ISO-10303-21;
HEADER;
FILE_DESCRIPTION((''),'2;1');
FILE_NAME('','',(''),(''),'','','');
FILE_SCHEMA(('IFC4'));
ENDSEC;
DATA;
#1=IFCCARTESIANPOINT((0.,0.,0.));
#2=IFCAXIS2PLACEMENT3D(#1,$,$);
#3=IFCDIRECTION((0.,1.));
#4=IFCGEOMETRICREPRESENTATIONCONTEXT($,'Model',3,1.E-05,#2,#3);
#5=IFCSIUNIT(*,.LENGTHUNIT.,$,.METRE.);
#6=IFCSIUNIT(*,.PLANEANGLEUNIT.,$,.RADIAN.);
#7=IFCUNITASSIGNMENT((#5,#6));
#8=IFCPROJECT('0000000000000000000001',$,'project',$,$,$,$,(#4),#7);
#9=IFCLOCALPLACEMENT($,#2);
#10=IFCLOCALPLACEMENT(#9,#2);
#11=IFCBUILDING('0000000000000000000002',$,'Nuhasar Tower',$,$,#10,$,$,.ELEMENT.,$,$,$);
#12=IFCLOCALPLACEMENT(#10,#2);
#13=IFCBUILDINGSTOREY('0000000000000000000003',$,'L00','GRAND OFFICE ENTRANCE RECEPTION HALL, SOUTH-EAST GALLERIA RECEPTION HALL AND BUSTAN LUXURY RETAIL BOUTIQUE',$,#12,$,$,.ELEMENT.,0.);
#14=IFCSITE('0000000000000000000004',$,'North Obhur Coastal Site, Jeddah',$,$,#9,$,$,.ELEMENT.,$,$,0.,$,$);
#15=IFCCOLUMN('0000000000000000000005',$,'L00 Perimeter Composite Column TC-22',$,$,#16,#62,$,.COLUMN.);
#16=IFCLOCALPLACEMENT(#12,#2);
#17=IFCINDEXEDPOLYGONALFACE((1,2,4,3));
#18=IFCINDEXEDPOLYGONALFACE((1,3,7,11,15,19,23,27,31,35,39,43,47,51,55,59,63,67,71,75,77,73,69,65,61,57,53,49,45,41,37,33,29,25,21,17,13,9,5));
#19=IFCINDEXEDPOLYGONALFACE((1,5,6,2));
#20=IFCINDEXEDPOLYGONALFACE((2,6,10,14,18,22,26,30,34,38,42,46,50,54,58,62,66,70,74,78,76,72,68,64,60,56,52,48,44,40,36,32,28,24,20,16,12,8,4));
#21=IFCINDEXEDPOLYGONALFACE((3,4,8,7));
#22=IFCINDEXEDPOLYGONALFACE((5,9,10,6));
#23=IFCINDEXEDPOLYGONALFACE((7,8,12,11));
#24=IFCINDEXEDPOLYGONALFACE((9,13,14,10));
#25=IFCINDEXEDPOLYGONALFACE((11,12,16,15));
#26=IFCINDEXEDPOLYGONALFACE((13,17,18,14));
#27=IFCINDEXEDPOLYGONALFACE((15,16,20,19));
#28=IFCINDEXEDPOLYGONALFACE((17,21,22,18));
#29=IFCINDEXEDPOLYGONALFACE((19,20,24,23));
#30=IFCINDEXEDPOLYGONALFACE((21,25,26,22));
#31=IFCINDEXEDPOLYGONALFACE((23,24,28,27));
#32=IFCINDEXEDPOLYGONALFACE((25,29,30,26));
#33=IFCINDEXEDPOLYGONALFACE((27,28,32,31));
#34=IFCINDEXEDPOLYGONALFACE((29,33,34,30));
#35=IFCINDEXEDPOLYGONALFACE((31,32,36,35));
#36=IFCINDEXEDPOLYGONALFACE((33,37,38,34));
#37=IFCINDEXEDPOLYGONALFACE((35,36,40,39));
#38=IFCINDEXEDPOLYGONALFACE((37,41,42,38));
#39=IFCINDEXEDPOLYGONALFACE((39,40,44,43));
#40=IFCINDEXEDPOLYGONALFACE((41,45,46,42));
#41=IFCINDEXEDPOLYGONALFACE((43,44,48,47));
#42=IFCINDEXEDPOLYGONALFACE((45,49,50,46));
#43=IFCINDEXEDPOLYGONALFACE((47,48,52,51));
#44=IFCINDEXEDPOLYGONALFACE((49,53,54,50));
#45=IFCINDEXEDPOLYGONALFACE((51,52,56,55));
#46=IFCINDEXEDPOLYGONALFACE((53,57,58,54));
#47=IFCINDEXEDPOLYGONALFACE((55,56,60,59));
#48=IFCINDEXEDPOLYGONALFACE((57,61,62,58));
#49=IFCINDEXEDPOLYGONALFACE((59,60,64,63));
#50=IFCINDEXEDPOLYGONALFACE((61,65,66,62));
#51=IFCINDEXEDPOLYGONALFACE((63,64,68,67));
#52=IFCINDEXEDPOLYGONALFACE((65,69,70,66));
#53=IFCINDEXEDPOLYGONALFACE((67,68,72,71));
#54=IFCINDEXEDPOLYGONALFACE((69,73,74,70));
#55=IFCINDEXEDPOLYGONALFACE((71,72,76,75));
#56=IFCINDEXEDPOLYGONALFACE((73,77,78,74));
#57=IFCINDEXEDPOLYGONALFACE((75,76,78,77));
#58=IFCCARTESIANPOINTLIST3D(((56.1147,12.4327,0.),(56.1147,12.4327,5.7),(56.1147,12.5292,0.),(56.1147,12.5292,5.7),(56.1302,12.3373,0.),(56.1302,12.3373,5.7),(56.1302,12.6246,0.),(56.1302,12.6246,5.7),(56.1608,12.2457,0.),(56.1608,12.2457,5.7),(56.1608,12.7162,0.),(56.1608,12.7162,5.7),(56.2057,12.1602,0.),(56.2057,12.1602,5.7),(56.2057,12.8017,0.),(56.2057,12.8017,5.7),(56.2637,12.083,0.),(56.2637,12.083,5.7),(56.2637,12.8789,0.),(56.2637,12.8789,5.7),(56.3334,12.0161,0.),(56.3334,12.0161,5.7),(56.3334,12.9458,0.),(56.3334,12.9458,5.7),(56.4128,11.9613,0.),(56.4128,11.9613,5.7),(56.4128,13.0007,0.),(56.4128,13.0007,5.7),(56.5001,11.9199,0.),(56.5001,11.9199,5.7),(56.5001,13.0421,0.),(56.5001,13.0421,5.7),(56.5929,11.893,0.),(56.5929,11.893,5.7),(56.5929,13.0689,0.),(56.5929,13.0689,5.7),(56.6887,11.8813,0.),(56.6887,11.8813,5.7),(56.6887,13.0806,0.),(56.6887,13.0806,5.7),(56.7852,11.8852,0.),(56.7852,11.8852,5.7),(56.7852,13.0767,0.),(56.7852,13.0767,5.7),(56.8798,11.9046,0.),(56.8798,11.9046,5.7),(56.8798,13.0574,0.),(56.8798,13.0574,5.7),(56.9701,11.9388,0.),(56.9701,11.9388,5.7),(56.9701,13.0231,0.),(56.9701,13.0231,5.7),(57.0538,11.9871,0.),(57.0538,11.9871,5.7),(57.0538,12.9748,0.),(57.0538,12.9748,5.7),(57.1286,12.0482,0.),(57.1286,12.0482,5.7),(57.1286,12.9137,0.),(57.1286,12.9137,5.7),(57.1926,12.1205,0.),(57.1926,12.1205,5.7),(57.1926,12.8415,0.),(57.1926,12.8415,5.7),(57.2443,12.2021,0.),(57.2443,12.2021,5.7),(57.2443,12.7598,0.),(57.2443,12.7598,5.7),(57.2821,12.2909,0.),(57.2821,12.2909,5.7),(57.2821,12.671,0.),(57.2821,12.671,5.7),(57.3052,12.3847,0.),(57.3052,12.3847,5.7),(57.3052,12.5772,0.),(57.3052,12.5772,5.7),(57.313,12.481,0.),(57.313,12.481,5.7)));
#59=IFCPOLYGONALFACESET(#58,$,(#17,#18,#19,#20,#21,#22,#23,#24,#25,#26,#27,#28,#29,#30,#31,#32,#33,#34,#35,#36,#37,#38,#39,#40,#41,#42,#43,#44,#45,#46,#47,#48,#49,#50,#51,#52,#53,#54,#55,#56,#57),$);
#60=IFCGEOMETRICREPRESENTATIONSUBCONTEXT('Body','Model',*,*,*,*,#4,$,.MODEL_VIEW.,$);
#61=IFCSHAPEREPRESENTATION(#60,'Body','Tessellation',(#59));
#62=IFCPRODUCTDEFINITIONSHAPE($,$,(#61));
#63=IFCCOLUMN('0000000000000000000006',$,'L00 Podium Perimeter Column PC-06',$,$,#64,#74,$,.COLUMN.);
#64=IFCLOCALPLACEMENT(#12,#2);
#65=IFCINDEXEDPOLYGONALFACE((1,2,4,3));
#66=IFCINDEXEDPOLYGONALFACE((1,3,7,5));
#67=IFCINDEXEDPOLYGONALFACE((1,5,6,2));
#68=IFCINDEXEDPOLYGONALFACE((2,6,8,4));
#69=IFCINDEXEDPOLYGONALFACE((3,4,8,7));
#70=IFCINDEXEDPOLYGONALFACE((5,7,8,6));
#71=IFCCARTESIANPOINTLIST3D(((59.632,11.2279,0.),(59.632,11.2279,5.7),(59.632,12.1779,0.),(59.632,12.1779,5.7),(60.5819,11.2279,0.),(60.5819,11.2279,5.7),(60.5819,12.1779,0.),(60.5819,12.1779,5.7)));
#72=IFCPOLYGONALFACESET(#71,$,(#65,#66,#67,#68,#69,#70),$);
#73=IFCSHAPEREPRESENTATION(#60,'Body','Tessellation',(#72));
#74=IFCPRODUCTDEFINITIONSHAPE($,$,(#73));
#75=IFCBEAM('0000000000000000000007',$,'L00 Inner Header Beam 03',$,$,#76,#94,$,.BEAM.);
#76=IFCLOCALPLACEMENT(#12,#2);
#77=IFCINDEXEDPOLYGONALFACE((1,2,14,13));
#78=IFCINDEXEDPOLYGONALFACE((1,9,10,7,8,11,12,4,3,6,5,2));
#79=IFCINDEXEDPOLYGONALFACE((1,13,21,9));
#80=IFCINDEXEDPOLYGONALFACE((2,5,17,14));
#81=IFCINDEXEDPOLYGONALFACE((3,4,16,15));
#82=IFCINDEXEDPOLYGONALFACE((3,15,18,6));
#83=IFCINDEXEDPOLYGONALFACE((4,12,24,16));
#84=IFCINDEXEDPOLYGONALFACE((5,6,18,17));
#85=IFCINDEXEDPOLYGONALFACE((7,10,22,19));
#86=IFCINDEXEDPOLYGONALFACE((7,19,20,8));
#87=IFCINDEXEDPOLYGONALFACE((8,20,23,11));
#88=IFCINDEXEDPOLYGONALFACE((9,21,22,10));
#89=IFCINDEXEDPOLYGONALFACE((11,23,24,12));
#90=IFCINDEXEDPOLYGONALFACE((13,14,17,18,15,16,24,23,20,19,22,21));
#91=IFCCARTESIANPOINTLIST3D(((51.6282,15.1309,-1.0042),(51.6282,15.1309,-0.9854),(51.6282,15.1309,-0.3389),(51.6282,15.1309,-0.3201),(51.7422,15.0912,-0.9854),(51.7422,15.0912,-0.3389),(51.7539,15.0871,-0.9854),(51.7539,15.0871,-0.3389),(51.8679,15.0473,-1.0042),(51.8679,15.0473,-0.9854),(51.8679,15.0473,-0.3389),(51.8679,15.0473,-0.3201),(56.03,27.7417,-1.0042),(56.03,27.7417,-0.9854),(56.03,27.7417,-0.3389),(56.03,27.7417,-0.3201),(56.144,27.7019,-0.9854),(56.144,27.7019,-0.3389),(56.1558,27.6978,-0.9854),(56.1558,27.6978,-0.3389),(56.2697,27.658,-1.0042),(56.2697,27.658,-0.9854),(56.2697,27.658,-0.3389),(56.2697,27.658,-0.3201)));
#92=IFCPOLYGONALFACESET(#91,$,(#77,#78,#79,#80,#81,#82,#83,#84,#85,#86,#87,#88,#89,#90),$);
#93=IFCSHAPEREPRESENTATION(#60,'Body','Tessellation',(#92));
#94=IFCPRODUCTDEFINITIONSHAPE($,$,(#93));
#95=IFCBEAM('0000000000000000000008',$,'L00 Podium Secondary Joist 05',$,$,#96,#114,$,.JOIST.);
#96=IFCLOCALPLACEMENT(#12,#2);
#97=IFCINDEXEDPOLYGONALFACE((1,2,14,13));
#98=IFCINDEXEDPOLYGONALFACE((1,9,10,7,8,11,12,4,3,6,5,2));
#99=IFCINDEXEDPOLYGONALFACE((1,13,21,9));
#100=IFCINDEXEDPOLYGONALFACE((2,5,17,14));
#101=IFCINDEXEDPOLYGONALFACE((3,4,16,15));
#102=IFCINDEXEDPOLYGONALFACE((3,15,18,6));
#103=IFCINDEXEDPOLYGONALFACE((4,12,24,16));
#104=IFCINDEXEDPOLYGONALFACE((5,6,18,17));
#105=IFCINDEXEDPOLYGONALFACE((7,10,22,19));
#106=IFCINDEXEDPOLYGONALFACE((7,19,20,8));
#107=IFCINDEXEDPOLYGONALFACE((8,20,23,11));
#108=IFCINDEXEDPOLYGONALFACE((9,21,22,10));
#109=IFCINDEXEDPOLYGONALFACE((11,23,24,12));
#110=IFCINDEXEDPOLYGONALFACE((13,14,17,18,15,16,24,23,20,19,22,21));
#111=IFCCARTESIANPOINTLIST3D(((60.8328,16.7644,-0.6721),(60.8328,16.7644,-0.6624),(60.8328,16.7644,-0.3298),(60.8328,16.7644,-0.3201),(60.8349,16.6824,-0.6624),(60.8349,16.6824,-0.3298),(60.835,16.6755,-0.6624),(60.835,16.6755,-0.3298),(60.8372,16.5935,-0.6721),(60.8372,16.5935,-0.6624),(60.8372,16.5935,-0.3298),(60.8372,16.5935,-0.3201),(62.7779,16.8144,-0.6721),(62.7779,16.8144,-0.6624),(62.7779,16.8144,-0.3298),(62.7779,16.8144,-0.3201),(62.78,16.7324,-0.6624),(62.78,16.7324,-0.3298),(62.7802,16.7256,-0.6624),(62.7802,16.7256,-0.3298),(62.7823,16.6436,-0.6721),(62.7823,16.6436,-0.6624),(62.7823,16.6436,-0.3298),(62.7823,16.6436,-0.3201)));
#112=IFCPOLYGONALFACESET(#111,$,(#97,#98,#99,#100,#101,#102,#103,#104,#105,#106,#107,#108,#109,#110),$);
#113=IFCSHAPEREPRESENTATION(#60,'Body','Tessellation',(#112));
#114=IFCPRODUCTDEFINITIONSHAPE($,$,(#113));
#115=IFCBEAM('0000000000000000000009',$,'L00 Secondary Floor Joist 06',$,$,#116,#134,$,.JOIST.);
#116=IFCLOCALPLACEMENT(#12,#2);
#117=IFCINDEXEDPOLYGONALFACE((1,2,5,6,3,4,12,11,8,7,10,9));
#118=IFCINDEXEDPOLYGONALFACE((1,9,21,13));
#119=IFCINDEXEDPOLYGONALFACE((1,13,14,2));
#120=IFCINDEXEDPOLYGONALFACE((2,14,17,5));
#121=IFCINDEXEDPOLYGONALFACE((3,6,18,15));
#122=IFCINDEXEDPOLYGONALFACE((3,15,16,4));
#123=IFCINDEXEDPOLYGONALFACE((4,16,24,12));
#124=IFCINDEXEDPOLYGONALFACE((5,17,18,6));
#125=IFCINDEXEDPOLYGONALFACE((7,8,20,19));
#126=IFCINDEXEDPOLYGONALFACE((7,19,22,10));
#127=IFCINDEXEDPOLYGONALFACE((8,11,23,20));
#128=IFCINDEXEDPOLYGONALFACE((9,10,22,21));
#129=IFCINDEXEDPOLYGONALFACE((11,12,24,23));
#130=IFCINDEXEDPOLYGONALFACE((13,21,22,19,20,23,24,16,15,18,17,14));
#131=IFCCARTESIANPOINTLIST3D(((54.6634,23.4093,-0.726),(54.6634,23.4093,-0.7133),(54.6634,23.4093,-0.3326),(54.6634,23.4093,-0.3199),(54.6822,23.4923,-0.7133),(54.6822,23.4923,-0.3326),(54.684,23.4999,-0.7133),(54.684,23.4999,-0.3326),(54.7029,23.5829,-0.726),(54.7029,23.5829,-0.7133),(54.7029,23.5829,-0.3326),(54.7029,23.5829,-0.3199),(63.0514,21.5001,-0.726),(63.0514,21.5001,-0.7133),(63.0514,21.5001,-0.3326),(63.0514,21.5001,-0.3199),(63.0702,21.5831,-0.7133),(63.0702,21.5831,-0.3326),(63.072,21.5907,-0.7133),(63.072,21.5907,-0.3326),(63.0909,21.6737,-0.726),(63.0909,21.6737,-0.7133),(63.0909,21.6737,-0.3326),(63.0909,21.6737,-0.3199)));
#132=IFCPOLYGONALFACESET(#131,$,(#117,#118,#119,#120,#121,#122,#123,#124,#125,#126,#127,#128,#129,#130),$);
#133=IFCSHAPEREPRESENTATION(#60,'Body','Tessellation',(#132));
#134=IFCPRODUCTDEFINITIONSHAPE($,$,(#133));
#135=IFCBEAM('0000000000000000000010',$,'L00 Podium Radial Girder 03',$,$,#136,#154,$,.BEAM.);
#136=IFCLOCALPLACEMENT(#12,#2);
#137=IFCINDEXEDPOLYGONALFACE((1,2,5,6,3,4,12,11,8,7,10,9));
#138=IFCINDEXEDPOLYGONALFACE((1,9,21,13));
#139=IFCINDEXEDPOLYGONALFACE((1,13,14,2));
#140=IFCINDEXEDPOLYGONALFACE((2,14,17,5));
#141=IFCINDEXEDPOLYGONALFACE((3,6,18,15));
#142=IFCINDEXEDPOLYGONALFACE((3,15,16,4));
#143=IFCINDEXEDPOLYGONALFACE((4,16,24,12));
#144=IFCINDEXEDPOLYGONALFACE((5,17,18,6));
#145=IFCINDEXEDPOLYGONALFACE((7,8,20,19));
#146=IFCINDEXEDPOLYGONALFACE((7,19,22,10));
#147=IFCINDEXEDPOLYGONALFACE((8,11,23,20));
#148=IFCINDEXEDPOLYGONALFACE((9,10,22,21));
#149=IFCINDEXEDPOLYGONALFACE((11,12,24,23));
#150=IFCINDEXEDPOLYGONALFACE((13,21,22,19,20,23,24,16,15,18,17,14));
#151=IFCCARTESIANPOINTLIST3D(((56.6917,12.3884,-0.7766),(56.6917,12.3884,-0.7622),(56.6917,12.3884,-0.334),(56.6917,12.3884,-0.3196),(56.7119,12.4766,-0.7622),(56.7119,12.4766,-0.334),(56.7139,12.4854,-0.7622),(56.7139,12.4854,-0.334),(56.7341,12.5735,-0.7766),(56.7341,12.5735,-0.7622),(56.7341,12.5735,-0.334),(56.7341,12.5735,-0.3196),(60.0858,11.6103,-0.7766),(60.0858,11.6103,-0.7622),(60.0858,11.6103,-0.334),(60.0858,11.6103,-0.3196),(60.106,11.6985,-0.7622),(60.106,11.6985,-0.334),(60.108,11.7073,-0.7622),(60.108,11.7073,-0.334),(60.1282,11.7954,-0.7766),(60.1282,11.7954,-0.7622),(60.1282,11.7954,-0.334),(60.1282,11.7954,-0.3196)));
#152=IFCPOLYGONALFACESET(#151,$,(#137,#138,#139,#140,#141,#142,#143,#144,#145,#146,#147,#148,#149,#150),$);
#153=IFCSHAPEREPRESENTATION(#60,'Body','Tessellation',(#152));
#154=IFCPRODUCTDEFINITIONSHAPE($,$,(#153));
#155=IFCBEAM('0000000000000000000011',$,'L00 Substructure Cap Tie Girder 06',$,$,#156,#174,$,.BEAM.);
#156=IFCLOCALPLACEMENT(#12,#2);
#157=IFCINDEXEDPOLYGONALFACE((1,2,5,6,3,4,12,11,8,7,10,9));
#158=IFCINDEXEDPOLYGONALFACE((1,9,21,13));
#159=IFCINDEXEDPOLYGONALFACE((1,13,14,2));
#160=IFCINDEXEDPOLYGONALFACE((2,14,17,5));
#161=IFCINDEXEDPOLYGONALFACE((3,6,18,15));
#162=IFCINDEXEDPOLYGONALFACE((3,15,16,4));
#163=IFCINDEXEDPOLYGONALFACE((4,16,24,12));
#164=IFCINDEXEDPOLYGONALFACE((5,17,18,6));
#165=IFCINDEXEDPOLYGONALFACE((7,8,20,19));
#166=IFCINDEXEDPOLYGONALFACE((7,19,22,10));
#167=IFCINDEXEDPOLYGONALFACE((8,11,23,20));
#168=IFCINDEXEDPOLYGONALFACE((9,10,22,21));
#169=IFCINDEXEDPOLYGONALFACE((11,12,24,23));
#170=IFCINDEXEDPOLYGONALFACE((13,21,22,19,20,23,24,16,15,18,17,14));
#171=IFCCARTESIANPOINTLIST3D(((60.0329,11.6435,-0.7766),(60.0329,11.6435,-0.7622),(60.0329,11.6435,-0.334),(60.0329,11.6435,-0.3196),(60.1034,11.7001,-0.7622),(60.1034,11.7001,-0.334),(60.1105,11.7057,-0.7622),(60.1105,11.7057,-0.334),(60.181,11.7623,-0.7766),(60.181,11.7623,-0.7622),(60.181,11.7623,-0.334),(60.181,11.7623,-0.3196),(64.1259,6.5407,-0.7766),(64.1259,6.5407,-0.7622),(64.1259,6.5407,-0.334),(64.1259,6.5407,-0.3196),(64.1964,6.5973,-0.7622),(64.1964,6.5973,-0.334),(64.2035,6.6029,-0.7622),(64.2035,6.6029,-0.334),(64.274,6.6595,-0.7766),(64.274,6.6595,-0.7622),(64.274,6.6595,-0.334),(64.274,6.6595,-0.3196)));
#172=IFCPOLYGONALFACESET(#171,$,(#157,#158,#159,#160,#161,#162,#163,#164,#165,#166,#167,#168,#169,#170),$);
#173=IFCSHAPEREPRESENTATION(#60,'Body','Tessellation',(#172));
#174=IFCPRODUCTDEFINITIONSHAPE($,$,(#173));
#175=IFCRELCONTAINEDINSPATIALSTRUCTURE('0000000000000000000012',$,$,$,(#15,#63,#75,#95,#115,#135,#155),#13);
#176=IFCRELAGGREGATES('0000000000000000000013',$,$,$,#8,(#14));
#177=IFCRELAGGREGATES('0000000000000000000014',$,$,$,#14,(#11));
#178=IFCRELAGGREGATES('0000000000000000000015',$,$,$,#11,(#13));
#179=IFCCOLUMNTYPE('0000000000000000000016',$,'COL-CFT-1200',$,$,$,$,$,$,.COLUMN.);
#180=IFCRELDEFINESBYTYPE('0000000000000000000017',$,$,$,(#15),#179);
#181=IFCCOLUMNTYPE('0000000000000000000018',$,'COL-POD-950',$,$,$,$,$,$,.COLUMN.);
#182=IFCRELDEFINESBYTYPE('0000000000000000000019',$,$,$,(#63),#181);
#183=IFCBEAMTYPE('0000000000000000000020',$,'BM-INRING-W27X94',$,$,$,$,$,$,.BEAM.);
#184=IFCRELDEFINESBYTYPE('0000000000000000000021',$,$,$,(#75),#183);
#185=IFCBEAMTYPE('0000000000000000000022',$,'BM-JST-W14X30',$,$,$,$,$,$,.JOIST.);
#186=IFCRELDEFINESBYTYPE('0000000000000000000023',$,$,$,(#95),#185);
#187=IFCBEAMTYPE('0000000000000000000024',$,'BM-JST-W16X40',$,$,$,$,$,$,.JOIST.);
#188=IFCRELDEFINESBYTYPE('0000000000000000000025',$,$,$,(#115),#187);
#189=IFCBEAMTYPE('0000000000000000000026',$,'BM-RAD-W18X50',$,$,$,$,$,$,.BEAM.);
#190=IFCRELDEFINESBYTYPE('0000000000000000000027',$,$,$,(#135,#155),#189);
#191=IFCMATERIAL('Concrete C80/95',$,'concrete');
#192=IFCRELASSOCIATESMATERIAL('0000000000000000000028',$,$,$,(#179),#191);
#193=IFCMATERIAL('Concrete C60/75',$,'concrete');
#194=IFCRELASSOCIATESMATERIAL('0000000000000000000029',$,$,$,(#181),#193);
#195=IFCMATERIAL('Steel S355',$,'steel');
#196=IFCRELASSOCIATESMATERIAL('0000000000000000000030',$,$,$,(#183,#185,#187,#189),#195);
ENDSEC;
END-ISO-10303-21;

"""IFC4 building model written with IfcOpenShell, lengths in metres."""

from ifc_helpers import new_model, si_unit, direction, frame, origin, origin_2d, place, context, subcontext, project, spatial, rectangle, circle, i_section, extrude, material, material_profile, profile_set, type_object, element, save


model = new_model("IFC4")

# Units and contexts
model_context = context("Model", 3, precision=1e-05, world=origin(), true_north=direction((0.0, 1.0)))
body_context = subcontext(model_context, "Body", "Model", "MODEL_VIEW")
ifc_project = project(units=[si_unit("LENGTHUNIT", "METRE"), si_unit("PLANEANGLEUNIT", "RADIAN")], contexts=[model_context])

# Site, building, storey
site_placement = place(None, origin())
site = spatial("IfcSite", under=ifc_project, at=site_placement, Name="North Obhur Coastal Site, Jeddah", CompositionType="ELEMENT", RefElevation=0.0)
building_placement = place(site_placement, origin())
building = spatial("IfcBuilding", under=site, at=building_placement, Name="Nuhasar Tower", CompositionType="ELEMENT")
storey_placement = place(building_placement, origin())
storey = spatial("IfcBuildingStorey", under=building, at=storey_placement, Name="L00", Description="GRAND OFFICE ENTRANCE RECEPTION HALL, SOUTH-EAST GALLERIA RECEPTION HALL AND BUSTAN LUXURY RETAIL BOUTIQUE", CompositionType="ELEMENT", Elevation=0.0)

# Columns
ifc_material_1 = material(Name="Concrete C80/95", Category="concrete")
ifc_material_profile_1 = material_profile(ifc_material_1, circle(Radius=0.6001, at=origin_2d()), Name="CFT1200")
ifc_profile_set_1 = profile_set([ifc_material_profile_1], Name="Concrete C80/95")
column_type_1 = type_object("IfcColumnType", Name="COL-CFT-1200", PredefinedType="COLUMN", material=ifc_profile_set_1)
column_1_placement = place(storey_placement, frame((56.7129, 12.481, 0.0), z_axis=(0.0, 0.0, 1.0), x_axis=(1.0, 0.0, 0.0)))
element("IfcColumn", 1, at=column_1_placement, inside=storey, type_object=column_type_1, Name="L00 Perimeter Composite Column TC-22", PredefinedType="COLUMN", context=body_context, shape_type="SweptSolid", body=[
    extrude(circle(Radius=0.6001, at=origin_2d()), origin(), (0.0, 0.0, 1.0), 5.7),
])
ifc_material_2 = material(Name="Concrete C60/75", Category="concrete")
ifc_material_profile_2 = material_profile(ifc_material_2, rectangle(XDim=0.95, YDim=0.95, at=origin_2d()), Name="RC950X950")
ifc_profile_set_2 = profile_set([ifc_material_profile_2], Name="Concrete C60/75")
column_type_2 = type_object("IfcColumnType", Name="COL-POD-950", PredefinedType="COLUMN", material=ifc_profile_set_2)
column_2_placement = place(storey_placement, frame((60.1069, 11.7029, 0.0), z_axis=(0.0, 0.0, 1.0), x_axis=(1.0, 0.0, 0.0)))
element("IfcColumn", 2, at=column_2_placement, inside=storey, type_object=column_type_2, Name="L00 Podium Perimeter Column PC-06", PredefinedType="COLUMN", context=body_context, shape_type="SweptSolid", body=[
    extrude(rectangle(XDim=0.95, YDim=0.95, at=origin_2d()), origin(), (0.0, 0.0, 1.0), 5.7),
])

# Beams
ifc_material_3 = material(Name="Steel S355", Category="steel")
ifc_material_profile_3 = material_profile(ifc_material_3, i_section(OverallWidth=0.2539, OverallDepth=0.6841, WebThickness=0.0125, FlangeThickness=0.0188, at=origin_2d()), Name="W27X94")
ifc_profile_set_3 = profile_set([ifc_material_profile_3], Name="Steel S355")
beam_type_1 = type_object("IfcBeamType", Name="BM-INRING-W27X94", PredefinedType="BEAM", material=ifc_profile_set_3)
beam_1_placement = place(storey_placement, frame((51.748, 15.0891, -0.6621), z_axis=(0.329554, 0.944137, 0.0), x_axis=(-0.944137, 0.329554, 0.0)))
element("IfcBeam", 3, at=beam_1_placement, inside=storey, type_object=beam_type_1, Name="L00 Inner Header Beam 03", PredefinedType="BEAM", context=body_context, shape_type="SweptSolid", body=[
    extrude(i_section(OverallWidth=0.2539, OverallDepth=0.6841, WebThickness=0.0125, FlangeThickness=0.0188, at=origin_2d()), origin(), (0.0, 0.0, 1.0), 13.3569),
])
ifc_material_profile_4 = material_profile(ifc_material_3, i_section(OverallWidth=0.1709, OverallDepth=0.3521, WebThickness=0.0068, FlangeThickness=0.0098, at=origin_2d()), Name="W14X30")
ifc_profile_set_4 = profile_set([ifc_material_profile_4], Name="Steel S355")
beam_type_2 = type_object("IfcBeamType", Name="BM-JST-W14X30", PredefinedType="JOIST", material=ifc_profile_set_4)
beam_2_placement = place(storey_placement, frame((60.835, 16.679, -0.4961), z_axis=(0.999669, 0.025723, 0.0), x_axis=(-0.025723, 0.999669, 0.0)))
element("IfcBeam", 4, at=beam_2_placement, inside=storey, type_object=beam_type_2, Name="L00 Podium Secondary Joist 05", PredefinedType="JOIST", context=body_context, shape_type="SweptSolid", body=[
    extrude(i_section(OverallWidth=0.1709, OverallDepth=0.3521, WebThickness=0.0068, FlangeThickness=0.0098, at=origin_2d()), origin(), (0.0, 0.0, 1.0), 1.9458),
])
ifc_material_profile_5 = material_profile(ifc_material_3, i_section(OverallWidth=0.178, OverallDepth=0.406, WebThickness=0.0078, FlangeThickness=0.0127, at=origin_2d()), Name="W16X40")
ifc_profile_set_5 = profile_set([ifc_material_profile_5], Name="Steel S355")
beam_type_3 = type_object("IfcBeamType", Name="BM-JST-W16X40", PredefinedType="JOIST", material=ifc_profile_set_5)
beam_3_placement = place(storey_placement, frame((54.6831, 23.4961, -0.5229), z_axis=(0.975062, -0.221934, 0.0), x_axis=(0.221934, 0.975062, 0.0)))
element("IfcBeam", 5, at=beam_3_placement, inside=storey, type_object=beam_type_3, Name="L00 Secondary Floor Joist 06", PredefinedType="JOIST", context=body_context, shape_type="SweptSolid", body=[
    extrude(i_section(OverallWidth=0.178, OverallDepth=0.406, WebThickness=0.0078, FlangeThickness=0.0127, at=origin_2d()), origin(), (0.0, 0.0, 1.0), 8.6025),
])
ifc_material_profile_6 = material_profile(ifc_material_3, i_section(OverallWidth=0.1899, OverallDepth=0.457, WebThickness=0.009, FlangeThickness=0.0144, at=origin_2d()), Name="W18X50")
ifc_profile_set_6 = profile_set([ifc_material_profile_6], Name="Steel S355")
beam_type_4 = type_object("IfcBeamType", Name="BM-RAD-W18X50", PredefinedType="BEAM", material=ifc_profile_set_6)
beam_4_placement = place(storey_placement, frame((56.7129, 12.481, -0.5481), z_axis=(0.974715, -0.223451, 0.0), x_axis=(0.223451, 0.974715, 0.0)))
element("IfcBeam", 6, at=beam_4_placement, inside=storey, type_object=beam_type_4, Name="L00 Podium Radial Girder 03", PredefinedType="BEAM", context=body_context, shape_type="SweptSolid", body=[
    extrude(i_section(OverallWidth=0.1899, OverallDepth=0.457, WebThickness=0.009, FlangeThickness=0.0144, at=origin_2d()), origin(), (0.0, 0.0, 1.0), 3.4822),
])
beam_5_placement = place(storey_placement, frame((60.1069, 11.7029, -0.5481), z_axis=(0.6257, -0.780063, 0.0), x_axis=(0.780063, 0.6257, 0.0)))
element("IfcBeam", 7, at=beam_5_placement, inside=storey, type_object=beam_type_4, Name="L00 Substructure Cap Tie Girder 06", PredefinedType="BEAM", context=body_context, shape_type="SweptSolid", body=[
    extrude(i_section(OverallWidth=0.1899, OverallDepth=0.457, WebThickness=0.009, FlangeThickness=0.0144, at=origin_2d()), origin(), (0.0, 0.0, 1.0), 6.5415),
])

save(model, "model.ifc")
